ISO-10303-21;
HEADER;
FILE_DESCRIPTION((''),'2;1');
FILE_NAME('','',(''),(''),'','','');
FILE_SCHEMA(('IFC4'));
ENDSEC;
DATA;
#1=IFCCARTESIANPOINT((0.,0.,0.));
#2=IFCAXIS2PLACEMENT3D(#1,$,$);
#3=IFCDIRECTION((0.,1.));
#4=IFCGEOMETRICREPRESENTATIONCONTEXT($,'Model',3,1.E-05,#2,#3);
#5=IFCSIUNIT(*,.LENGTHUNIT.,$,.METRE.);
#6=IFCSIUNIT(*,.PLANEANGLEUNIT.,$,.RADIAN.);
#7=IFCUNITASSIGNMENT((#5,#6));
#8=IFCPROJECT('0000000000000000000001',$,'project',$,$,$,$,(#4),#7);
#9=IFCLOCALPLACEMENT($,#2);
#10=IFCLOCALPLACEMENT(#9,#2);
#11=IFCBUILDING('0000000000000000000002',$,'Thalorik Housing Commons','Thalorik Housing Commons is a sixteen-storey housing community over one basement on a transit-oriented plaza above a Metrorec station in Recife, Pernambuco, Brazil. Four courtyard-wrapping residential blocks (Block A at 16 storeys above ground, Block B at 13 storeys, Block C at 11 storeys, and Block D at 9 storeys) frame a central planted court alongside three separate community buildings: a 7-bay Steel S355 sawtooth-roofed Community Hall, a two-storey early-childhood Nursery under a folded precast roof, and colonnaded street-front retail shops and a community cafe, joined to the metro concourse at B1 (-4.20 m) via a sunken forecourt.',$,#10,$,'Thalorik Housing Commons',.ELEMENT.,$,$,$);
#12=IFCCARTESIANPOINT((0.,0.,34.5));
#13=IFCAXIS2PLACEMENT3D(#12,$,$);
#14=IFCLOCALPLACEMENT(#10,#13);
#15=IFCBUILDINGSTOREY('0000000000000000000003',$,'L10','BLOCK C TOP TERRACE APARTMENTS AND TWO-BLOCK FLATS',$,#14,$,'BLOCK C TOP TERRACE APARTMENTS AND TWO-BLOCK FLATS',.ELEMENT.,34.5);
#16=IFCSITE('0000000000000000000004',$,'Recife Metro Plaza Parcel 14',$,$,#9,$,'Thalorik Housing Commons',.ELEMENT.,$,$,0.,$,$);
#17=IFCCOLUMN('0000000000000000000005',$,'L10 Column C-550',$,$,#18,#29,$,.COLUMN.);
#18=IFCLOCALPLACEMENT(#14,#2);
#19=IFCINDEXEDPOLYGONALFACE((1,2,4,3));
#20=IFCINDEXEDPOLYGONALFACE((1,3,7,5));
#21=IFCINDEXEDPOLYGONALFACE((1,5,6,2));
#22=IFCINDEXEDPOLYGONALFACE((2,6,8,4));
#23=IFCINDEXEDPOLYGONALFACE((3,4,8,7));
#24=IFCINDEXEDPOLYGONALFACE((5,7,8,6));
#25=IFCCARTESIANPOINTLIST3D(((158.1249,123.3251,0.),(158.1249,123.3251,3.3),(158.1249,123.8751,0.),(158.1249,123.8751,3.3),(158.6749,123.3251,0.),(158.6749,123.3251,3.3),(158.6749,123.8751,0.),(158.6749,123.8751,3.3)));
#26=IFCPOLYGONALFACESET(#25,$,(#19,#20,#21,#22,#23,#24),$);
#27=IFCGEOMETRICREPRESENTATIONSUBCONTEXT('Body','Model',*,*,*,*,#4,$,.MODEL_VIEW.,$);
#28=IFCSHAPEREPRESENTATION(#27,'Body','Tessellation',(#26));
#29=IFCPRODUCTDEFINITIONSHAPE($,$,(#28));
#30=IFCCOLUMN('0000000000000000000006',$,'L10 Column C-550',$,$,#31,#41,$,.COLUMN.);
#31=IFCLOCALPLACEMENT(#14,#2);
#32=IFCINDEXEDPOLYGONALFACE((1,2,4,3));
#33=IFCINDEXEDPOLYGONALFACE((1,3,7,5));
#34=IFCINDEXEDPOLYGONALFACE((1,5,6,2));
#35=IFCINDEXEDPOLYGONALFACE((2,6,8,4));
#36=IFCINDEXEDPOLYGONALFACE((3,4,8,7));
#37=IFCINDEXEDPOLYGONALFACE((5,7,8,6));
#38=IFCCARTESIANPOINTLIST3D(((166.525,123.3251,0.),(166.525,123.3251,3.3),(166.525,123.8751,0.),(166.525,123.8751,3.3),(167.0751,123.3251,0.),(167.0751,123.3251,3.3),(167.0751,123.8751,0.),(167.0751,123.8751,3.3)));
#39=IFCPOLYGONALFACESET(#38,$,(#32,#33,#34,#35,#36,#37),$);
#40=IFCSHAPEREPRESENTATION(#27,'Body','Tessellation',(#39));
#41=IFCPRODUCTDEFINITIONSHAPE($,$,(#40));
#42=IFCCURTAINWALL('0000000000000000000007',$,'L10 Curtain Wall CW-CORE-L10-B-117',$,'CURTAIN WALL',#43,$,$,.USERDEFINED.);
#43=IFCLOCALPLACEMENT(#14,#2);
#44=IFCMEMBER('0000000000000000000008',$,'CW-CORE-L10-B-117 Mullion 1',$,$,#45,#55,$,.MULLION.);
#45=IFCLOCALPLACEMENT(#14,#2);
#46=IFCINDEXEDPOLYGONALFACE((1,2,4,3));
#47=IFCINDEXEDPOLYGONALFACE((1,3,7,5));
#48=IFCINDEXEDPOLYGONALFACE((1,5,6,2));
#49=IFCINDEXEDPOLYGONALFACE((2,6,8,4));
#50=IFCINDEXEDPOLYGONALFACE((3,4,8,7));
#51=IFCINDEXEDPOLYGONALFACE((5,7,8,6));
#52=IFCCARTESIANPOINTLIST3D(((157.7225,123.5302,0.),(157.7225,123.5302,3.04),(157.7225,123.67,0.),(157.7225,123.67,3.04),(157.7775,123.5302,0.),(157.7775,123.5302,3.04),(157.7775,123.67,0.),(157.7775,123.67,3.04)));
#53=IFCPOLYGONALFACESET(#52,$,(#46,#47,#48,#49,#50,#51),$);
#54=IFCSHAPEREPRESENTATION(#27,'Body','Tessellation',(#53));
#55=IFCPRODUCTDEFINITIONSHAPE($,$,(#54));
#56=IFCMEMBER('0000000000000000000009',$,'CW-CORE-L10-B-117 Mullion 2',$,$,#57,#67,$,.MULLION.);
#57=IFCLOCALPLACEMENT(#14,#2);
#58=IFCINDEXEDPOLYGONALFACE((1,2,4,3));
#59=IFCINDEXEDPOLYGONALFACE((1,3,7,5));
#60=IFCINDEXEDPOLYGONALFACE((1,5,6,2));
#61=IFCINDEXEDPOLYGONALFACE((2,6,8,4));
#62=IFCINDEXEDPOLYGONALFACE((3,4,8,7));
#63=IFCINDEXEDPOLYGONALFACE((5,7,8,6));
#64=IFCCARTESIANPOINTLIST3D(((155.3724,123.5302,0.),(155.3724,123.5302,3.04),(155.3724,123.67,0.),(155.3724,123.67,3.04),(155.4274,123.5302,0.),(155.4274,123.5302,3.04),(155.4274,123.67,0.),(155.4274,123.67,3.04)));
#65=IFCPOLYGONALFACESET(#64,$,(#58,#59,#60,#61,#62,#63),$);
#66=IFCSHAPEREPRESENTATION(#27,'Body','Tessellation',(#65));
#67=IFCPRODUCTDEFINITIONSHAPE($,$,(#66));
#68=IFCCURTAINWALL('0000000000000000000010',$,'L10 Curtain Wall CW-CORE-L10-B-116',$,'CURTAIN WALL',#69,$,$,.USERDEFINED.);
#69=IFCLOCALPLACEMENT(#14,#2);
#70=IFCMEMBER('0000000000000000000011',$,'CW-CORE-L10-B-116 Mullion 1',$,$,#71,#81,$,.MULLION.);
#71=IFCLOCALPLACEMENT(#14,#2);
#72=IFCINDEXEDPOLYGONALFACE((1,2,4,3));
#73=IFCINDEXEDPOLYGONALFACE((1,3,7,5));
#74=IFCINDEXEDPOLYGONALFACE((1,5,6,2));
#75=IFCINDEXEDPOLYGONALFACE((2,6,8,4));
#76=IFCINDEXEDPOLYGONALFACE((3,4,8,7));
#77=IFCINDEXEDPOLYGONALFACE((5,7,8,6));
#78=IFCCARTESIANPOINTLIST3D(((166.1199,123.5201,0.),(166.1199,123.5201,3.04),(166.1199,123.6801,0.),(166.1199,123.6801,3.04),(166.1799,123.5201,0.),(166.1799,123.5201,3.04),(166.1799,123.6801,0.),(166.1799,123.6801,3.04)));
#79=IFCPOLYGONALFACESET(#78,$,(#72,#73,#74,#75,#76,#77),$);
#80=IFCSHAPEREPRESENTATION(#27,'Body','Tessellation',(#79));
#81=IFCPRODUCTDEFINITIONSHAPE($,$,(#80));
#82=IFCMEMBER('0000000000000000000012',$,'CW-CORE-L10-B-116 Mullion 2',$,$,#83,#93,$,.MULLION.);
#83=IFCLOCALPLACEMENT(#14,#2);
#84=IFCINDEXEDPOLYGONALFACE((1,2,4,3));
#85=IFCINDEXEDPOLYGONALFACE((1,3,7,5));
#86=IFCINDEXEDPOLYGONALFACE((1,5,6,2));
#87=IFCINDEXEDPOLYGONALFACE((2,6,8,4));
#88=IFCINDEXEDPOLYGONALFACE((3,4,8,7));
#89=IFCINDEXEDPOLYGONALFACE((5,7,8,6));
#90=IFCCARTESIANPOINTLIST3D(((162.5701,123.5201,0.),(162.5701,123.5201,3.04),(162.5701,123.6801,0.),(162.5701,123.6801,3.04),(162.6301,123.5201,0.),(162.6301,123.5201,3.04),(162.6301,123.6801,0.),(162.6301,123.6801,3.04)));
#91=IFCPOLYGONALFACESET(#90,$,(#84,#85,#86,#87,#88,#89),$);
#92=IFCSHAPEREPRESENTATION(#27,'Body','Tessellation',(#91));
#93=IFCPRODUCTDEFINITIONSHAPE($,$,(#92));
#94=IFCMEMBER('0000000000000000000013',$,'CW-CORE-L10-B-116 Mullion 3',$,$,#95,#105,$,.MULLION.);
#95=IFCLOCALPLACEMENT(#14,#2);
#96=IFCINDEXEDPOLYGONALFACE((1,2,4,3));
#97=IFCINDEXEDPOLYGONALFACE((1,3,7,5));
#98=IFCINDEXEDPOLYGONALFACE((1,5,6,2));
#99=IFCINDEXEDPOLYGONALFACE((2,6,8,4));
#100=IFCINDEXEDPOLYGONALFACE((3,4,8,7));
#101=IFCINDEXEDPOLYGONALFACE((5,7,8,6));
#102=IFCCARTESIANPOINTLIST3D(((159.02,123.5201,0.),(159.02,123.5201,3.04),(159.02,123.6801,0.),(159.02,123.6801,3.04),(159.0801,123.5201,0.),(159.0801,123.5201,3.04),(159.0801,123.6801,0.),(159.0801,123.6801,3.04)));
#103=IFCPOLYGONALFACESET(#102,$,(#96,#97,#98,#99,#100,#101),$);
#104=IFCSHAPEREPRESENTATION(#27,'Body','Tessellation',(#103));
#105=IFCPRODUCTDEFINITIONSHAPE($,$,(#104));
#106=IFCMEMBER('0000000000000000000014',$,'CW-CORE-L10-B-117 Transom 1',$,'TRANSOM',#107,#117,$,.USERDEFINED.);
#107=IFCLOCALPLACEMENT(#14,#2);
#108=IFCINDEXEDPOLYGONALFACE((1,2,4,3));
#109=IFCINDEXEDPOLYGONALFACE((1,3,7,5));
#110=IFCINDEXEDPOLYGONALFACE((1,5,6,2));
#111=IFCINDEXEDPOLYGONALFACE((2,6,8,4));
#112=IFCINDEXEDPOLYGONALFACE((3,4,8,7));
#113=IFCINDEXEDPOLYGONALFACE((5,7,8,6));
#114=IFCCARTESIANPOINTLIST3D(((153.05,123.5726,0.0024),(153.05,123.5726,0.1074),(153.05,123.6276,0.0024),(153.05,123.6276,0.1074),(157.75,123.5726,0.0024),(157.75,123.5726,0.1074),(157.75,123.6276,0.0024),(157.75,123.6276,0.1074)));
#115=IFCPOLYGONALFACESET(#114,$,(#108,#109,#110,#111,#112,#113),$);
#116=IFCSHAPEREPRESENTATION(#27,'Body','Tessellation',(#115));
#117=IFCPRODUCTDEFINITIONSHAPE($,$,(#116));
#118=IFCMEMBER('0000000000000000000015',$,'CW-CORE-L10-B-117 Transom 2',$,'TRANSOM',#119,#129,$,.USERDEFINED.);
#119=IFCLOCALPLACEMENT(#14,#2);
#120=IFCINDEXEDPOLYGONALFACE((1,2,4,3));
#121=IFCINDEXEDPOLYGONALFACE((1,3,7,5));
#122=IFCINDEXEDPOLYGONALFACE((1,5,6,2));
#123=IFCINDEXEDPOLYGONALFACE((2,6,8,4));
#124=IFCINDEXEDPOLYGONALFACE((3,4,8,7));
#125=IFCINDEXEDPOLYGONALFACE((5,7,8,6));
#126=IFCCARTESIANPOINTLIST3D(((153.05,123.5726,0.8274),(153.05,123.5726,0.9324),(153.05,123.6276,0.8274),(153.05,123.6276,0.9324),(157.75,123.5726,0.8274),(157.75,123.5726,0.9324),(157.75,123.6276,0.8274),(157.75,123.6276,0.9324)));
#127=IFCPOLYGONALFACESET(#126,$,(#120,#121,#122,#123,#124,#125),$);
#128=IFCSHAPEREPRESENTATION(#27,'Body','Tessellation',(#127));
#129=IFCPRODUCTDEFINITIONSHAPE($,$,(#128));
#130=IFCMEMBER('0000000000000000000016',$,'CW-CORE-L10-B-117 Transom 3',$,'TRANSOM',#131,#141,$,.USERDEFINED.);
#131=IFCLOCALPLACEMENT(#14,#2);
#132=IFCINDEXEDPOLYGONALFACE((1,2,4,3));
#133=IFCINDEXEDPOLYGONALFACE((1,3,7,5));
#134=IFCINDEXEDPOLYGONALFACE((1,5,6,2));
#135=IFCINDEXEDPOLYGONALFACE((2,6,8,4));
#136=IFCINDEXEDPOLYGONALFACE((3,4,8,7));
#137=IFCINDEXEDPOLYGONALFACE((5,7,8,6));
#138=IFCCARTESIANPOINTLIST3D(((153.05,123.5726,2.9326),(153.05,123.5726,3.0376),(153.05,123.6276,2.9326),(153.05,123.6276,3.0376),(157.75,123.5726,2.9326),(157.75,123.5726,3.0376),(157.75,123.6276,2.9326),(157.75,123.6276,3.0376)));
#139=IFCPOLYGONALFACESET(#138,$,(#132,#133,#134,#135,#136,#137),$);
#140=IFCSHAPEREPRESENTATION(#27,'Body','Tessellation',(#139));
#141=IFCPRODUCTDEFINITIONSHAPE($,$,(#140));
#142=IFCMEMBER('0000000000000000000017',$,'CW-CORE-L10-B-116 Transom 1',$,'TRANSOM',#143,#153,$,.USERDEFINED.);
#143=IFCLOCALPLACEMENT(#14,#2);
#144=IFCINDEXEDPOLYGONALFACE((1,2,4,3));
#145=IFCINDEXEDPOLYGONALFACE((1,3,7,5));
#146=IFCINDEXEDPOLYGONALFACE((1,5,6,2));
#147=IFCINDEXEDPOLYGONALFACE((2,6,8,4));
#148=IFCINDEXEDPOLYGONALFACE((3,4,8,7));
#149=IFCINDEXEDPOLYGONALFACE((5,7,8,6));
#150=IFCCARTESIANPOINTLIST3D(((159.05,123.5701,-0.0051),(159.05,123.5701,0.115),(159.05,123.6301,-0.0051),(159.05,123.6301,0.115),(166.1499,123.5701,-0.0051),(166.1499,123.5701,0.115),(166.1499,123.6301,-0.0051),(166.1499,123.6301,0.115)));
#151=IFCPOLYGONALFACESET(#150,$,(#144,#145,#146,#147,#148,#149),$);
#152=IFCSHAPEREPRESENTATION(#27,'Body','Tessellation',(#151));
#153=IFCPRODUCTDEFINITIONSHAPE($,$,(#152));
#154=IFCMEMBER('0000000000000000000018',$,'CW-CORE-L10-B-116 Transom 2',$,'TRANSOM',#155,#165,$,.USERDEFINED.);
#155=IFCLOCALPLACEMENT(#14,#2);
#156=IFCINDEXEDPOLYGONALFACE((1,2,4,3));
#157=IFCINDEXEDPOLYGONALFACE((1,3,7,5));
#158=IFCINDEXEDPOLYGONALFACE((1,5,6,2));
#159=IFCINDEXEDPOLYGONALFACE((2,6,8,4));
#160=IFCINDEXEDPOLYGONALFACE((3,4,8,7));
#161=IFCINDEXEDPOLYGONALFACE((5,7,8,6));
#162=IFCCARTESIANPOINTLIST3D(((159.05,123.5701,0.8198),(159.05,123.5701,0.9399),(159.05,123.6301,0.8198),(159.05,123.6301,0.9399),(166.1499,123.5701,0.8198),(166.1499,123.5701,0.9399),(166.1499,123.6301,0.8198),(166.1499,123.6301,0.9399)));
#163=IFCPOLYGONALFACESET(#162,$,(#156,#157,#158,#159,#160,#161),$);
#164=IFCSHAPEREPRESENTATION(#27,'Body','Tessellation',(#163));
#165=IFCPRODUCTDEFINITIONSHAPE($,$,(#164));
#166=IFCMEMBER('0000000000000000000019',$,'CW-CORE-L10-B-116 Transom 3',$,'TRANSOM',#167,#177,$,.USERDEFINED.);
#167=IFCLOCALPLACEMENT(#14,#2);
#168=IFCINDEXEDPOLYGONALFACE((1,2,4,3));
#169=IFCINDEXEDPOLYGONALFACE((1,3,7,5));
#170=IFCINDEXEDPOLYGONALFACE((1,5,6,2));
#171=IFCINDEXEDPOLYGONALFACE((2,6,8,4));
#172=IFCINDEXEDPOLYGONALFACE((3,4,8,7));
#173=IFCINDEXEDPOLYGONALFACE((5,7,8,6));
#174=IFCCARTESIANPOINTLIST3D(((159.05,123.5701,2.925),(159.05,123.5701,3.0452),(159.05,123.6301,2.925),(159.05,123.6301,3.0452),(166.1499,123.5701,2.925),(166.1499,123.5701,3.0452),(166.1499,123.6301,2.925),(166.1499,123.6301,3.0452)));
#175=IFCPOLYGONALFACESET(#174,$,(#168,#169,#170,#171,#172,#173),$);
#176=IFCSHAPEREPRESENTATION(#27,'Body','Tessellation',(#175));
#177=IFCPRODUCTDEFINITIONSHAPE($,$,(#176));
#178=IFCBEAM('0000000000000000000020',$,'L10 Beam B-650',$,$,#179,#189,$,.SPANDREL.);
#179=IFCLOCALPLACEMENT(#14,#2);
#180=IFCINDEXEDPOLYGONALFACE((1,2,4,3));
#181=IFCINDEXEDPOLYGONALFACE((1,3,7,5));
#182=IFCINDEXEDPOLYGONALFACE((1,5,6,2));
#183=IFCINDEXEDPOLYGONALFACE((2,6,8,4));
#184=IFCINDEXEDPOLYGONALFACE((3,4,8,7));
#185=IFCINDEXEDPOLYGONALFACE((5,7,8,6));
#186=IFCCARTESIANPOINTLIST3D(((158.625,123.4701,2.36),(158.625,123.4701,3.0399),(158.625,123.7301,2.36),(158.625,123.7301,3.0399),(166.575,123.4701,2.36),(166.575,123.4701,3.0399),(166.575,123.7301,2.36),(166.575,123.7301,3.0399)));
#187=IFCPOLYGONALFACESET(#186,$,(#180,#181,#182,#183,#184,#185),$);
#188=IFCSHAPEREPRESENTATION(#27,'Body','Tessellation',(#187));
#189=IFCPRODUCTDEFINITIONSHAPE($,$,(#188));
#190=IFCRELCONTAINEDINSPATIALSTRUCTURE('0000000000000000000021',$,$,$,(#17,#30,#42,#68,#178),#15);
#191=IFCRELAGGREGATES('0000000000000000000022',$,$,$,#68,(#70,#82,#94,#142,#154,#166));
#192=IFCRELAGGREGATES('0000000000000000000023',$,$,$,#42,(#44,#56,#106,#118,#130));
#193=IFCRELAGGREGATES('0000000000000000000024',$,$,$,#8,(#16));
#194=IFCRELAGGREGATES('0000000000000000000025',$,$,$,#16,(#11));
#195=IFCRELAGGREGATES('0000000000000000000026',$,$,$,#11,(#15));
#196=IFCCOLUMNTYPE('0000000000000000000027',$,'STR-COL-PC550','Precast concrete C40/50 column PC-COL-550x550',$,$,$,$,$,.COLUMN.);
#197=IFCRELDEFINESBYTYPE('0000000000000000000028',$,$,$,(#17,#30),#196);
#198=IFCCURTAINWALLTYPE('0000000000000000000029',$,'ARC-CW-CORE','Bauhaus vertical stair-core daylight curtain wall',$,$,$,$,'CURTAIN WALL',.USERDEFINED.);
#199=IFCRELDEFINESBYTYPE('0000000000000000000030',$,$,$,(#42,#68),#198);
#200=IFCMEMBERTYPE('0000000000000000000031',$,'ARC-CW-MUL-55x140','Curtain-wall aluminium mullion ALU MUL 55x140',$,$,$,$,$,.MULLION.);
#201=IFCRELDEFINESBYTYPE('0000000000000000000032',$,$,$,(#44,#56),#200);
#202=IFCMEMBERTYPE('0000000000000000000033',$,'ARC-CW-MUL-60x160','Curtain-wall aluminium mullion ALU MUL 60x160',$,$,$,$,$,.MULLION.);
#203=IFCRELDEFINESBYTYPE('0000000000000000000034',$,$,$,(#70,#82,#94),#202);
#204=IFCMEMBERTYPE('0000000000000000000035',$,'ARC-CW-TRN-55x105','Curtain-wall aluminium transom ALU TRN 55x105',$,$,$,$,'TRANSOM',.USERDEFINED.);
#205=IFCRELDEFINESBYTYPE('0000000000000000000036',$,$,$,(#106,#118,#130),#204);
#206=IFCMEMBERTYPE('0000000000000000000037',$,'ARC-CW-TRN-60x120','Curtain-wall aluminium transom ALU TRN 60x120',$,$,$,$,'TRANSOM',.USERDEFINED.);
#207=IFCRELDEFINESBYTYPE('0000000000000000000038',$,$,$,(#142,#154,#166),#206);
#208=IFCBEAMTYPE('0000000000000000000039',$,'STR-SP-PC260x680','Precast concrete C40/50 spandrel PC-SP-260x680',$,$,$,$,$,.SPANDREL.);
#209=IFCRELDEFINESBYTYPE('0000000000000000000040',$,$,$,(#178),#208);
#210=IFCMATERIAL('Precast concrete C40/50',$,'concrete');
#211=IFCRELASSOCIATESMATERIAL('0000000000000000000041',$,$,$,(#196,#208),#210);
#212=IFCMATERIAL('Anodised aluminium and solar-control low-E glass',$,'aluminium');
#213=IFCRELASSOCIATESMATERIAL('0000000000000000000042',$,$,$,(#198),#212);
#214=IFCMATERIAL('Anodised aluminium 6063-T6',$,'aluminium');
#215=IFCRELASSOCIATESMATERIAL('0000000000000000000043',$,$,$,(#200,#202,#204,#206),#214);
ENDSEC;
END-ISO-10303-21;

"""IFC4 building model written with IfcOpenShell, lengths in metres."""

from ifc_helpers import new_model, si_unit, direction, frame, origin, origin_2d, place, context, subcontext, project, spatial, rectangle, extrude, material, material_profile, profile_set, type_object, element, aggregate, save


model = new_model("IFC4")

# Units and contexts
model_context = context("Model", 3, precision=1e-05, world=origin(), true_north=direction((0.0, 1.0)))
body_context = subcontext(model_context, "Body", "Model", "MODEL_VIEW")
ifc_project = project(units=[si_unit("LENGTHUNIT", "METRE"), si_unit("PLANEANGLEUNIT", "RADIAN")], contexts=[model_context])

# Site, building, storey
site_placement = place(None, origin())
site = spatial("IfcSite", under=ifc_project, at=site_placement, Name="Recife Metro Plaza Parcel 14", LongName="Thalorik Housing Commons", CompositionType="ELEMENT", RefElevation=0.0)
building_placement = place(site_placement, origin())
building = spatial("IfcBuilding", under=site, at=building_placement, Name="Thalorik Housing Commons", Description="Thalorik Housing Commons is a sixteen-storey housing community over one basement on a transit-oriented plaza above a Metrorec station in Recife, Pernambuco, Brazil. Four courtyard-wrapping residential blocks (Block A at 16 storeys above ground, Block B at 13 storeys, Block C at 11 storeys, and Block D at 9 storeys) frame a central planted court alongside three separate community buildings: a 7-bay Steel S355 sawtooth-roofed Community Hall, a two-storey early-childhood Nursery under a folded precast roof, and colonnaded street-front retail shops and a community cafe, joined to the metro concourse at B1 (-4.20 m) via a sunken forecourt.", LongName="Thalorik Housing Commons", CompositionType="ELEMENT")
storey_placement = place(building_placement, frame((0.0, 0.0, 34.5)))
storey = spatial("IfcBuildingStorey", under=building, at=storey_placement, Name="L10", Description="BLOCK C TOP TERRACE APARTMENTS AND TWO-BLOCK FLATS", LongName="BLOCK C TOP TERRACE APARTMENTS AND TWO-BLOCK FLATS", CompositionType="ELEMENT", Elevation=34.5)

# Columns
ifc_material_1 = material(Name="Precast concrete C40/50", Category="concrete")
ifc_material_profile_1 = material_profile(ifc_material_1, rectangle(XDim=0.55, YDim=0.55, at=origin_2d()), Name="PC 550x550", Category="concrete")
ifc_profile_set_1 = profile_set([ifc_material_profile_1], Name="Precast concrete C40/50")
column_type = type_object("IfcColumnType", Name="STR-COL-PC550", Description="Precast concrete C40/50 column PC-COL-550x550", PredefinedType="COLUMN", material=ifc_profile_set_1)
for number, where, z_axis, x_axis, name in (
    (1, (158.3999, 123.6001, 0.0), (0.0, 0.0, 1.0), (1.0, 0.0, 0.0), "L10 Column C-550"),
    (2, (166.8, 123.6001, 0.0), (0.0, 0.0, 1.0), (1.0, 0.0, 0.0), "L10 Column C-550"),
):
    element("IfcColumn", number, at=place(storey_placement, frame(where, z_axis=z_axis, x_axis=x_axis)), inside=storey, type_object=column_type, Name=name, PredefinedType="COLUMN", context=body_context, shape_type="SweptSolid", body=[
        extrude(rectangle(XDim=0.55, YDim=0.55, at=origin_2d()), origin(), (0.0, 0.0, 1.0), 3.3),
    ])

# Curtain walls, members
ifc_material_2 = material(Name="Anodised aluminium and solar-control low-E glass", Category="aluminium")
curtain_wall_type = type_object("IfcCurtainWallType", Name="ARC-CW-CORE", Description="Bauhaus vertical stair-core daylight curtain wall", ElementType="CURTAIN WALL", PredefinedType="USERDEFINED", material=ifc_material_2)
curtain_wall_1_placement = place(storey_placement, origin())
curtain_wall_1 = element("IfcCurtainWall", 3, at=curtain_wall_1_placement, inside=storey, type_object=curtain_wall_type, Name="L10 Curtain Wall CW-CORE-L10-B-117", ObjectType="CURTAIN WALL", PredefinedType="USERDEFINED")
ifc_material_3 = material(Name="Anodised aluminium 6063-T6", Category="aluminium")
ifc_material_profile_2 = material_profile(ifc_material_3, rectangle(XDim=0.0549, YDim=0.1399, at=origin_2d()), Name="ALU MUL 55x140", Category="aluminium")
ifc_profile_set_2 = profile_set([ifc_material_profile_2], Name="Anodised aluminium 6063-T6")
member_type_1 = type_object("IfcMemberType", Name="ARC-CW-MUL-55x140", Description="Curtain-wall aluminium mullion ALU MUL 55x140", PredefinedType="MULLION", material=ifc_profile_set_2)
member_1_placement = place(storey_placement, frame((157.75, 123.6001, 0.0), z_axis=(0.0, 0.0, 1.0), x_axis=(-1.0, 0.0, 0.0)))
member_1 = element("IfcMember", 4, at=member_1_placement, type_object=member_type_1, Name="CW-CORE-L10-B-117 Mullion 1", PredefinedType="MULLION", context=body_context, shape_type="SweptSolid", body=[
    extrude(rectangle(XDim=0.0549, YDim=0.1399, at=origin_2d()), origin(), (0.0, 0.0, 1.0), 3.04),
])
member_2_placement = place(storey_placement, frame((155.3999, 123.6001, 0.0), z_axis=(0.0, 0.0, 1.0), x_axis=(-1.0, 0.0, 0.0)))
member_2 = element("IfcMember", 5, at=member_2_placement, type_object=member_type_1, Name="CW-CORE-L10-B-117 Mullion 2", PredefinedType="MULLION", context=body_context, shape_type="SweptSolid", body=[
    extrude(rectangle(XDim=0.0549, YDim=0.1399, at=origin_2d()), origin(), (0.0, 0.0, 1.0), 3.04),
])
curtain_wall_2_placement = place(storey_placement, origin())
curtain_wall_2 = element("IfcCurtainWall", 6, at=curtain_wall_2_placement, inside=storey, type_object=curtain_wall_type, Name="L10 Curtain Wall CW-CORE-L10-B-116", ObjectType="CURTAIN WALL", PredefinedType="USERDEFINED")
ifc_material_profile_3 = material_profile(ifc_material_3, rectangle(XDim=0.0601, YDim=0.1599, at=origin_2d()), Name="ALU MUL 60x160", Category="aluminium")
ifc_profile_set_3 = profile_set([ifc_material_profile_3], Name="Anodised aluminium 6063-T6")
member_type_2 = type_object("IfcMemberType", Name="ARC-CW-MUL-60x160", Description="Curtain-wall aluminium mullion ALU MUL 60x160", PredefinedType="MULLION", material=ifc_profile_set_3)
member_3_placement = place(storey_placement, frame((166.1499, 123.6001, 0.0), z_axis=(0.0, 0.0, 1.0), x_axis=(-1.0, 0.0, 0.0)))
member_3 = element("IfcMember", 7, at=member_3_placement, type_object=member_type_2, Name="CW-CORE-L10-B-116 Mullion 1", PredefinedType="MULLION", context=body_context, shape_type="SweptSolid", body=[
    extrude(rectangle(XDim=0.0601, YDim=0.1599, at=origin_2d()), origin(), (0.0, 0.0, 1.0), 3.04),
])
member_4_placement = place(storey_placement, frame((162.6001, 123.6001, 0.0), z_axis=(0.0, 0.0, 1.0), x_axis=(-1.0, 0.0, 0.0)))
member_4 = element("IfcMember", 8, at=member_4_placement, type_object=member_type_2, Name="CW-CORE-L10-B-116 Mullion 2", PredefinedType="MULLION", context=body_context, shape_type="SweptSolid", body=[
    extrude(rectangle(XDim=0.0601, YDim=0.1599, at=origin_2d()), origin(), (0.0, 0.0, 1.0), 3.04),
])
member_5_placement = place(storey_placement, frame((159.05, 123.6001, 0.0), z_axis=(0.0, 0.0, 1.0), x_axis=(-1.0, 0.0, 0.0)))
member_5 = element("IfcMember", 9, at=member_5_placement, type_object=member_type_2, Name="CW-CORE-L10-B-116 Mullion 3", PredefinedType="MULLION", context=body_context, shape_type="SweptSolid", body=[
    extrude(rectangle(XDim=0.0601, YDim=0.1599, at=origin_2d()), origin(), (0.0, 0.0, 1.0), 3.04),
])

# Members
ifc_material_profile_4 = material_profile(ifc_material_3, rectangle(XDim=0.0549, YDim=0.105, at=origin_2d()), Name="ALU TRN 55x105", Category="aluminium")
ifc_profile_set_4 = profile_set([ifc_material_profile_4], Name="Anodised aluminium 6063-T6")
member_type_3 = type_object("IfcMemberType", Name="ARC-CW-TRN-55x105", Description="Curtain-wall aluminium transom ALU TRN 55x105", ElementType="TRANSOM", PredefinedType="USERDEFINED", material=ifc_profile_set_4)
member_6_placement = place(storey_placement, frame((157.75, 123.6001, 0.0549), z_axis=(-1.0, 0.0, 0.0), x_axis=(0.0, -1.0, 0.0)))
member_6 = element("IfcMember", 10, at=member_6_placement, type_object=member_type_3, Name="CW-CORE-L10-B-117 Transom 1", ObjectType="TRANSOM", PredefinedType="USERDEFINED", context=body_context, shape_type="SweptSolid", body=[
    extrude(rectangle(XDim=0.0549, YDim=0.105, at=origin_2d()), origin(), (0.0, 0.0, 1.0), 4.7),
])
member_7_placement = place(storey_placement, frame((157.75, 123.6001, 0.8799), z_axis=(-1.0, 0.0, 0.0), x_axis=(0.0, -1.0, 0.0)))
member_7 = element("IfcMember", 11, at=member_7_placement, type_object=member_type_3, Name="CW-CORE-L10-B-117 Transom 2", ObjectType="TRANSOM", PredefinedType="USERDEFINED", context=body_context, shape_type="SweptSolid", body=[
    extrude(rectangle(XDim=0.0549, YDim=0.105, at=origin_2d()), origin(), (0.0, 0.0, 1.0), 4.7),
])
member_8_placement = place(storey_placement, frame((157.75, 123.6001, 2.9851), z_axis=(-1.0, 0.0, 0.0), x_axis=(0.0, -1.0, 0.0)))
member_8 = element("IfcMember", 12, at=member_8_placement, type_object=member_type_3, Name="CW-CORE-L10-B-117 Transom 3", ObjectType="TRANSOM", PredefinedType="USERDEFINED", context=body_context, shape_type="SweptSolid", body=[
    extrude(rectangle(XDim=0.0549, YDim=0.105, at=origin_2d()), origin(), (0.0, 0.0, 1.0), 4.7),
])
ifc_material_profile_5 = material_profile(ifc_material_3, rectangle(XDim=0.0601, YDim=0.1201, at=origin_2d()), Name="ALU TRN 60x120", Category="aluminium")
ifc_profile_set_5 = profile_set([ifc_material_profile_5], Name="Anodised aluminium 6063-T6")
member_type_4 = type_object("IfcMemberType", Name="ARC-CW-TRN-60x120", Description="Curtain-wall aluminium transom ALU TRN 60x120", ElementType="TRANSOM", PredefinedType="USERDEFINED", material=ifc_profile_set_5)
member_9_placement = place(storey_placement, frame((166.1499, 123.6001, 0.0549), z_axis=(-1.0, 0.0, 0.0), x_axis=(0.0, -1.0, 0.0)))
member_9 = element("IfcMember", 13, at=member_9_placement, type_object=member_type_4, Name="CW-CORE-L10-B-116 Transom 1", ObjectType="TRANSOM", PredefinedType="USERDEFINED", context=body_context, shape_type="SweptSolid", body=[
    extrude(rectangle(XDim=0.0601, YDim=0.1201, at=origin_2d()), origin(), (0.0, 0.0, 1.0), 7.0999),
])
member_10_placement = place(storey_placement, frame((166.1499, 123.6001, 0.8799), z_axis=(-1.0, 0.0, 0.0), x_axis=(0.0, -1.0, 0.0)))
member_10 = element("IfcMember", 14, at=member_10_placement, type_object=member_type_4, Name="CW-CORE-L10-B-116 Transom 2", ObjectType="TRANSOM", PredefinedType="USERDEFINED", context=body_context, shape_type="SweptSolid", body=[
    extrude(rectangle(XDim=0.0601, YDim=0.1201, at=origin_2d()), origin(), (0.0, 0.0, 1.0), 7.0999),
])
member_11_placement = place(storey_placement, frame((166.1499, 123.6001, 2.9851), z_axis=(-1.0, 0.0, 0.0), x_axis=(0.0, -1.0, 0.0)))
member_11 = element("IfcMember", 15, at=member_11_placement, type_object=member_type_4, Name="CW-CORE-L10-B-116 Transom 3", ObjectType="TRANSOM", PredefinedType="USERDEFINED", context=body_context, shape_type="SweptSolid", body=[
    extrude(rectangle(XDim=0.0601, YDim=0.1201, at=origin_2d()), origin(), (0.0, 0.0, 1.0), 7.0999),
])

# Beam
ifc_material_profile_6 = material_profile(ifc_material_1, rectangle(XDim=0.26, YDim=0.6799, at=origin_2d()), Name="PC SP 260x680", Category="concrete")
ifc_profile_set_6 = profile_set([ifc_material_profile_6], Name="Precast concrete C40/50")
beam_type = type_object("IfcBeamType", Name="STR-SP-PC260x680", Description="Precast concrete C40/50 spandrel PC-SP-260x680", PredefinedType="SPANDREL", material=ifc_profile_set_6)
beam_placement = place(storey_placement, frame((158.625, 123.6001, 2.7), z_axis=(1.0, 0.0, 0.0), x_axis=(0.0, 1.0, 0.0)))
element("IfcBeam", 16, at=beam_placement, inside=storey, type_object=beam_type, Name="L10 Beam B-650", PredefinedType="SPANDREL", context=body_context, shape_type="SweptSolid", body=[
    extrude(rectangle(XDim=0.26, YDim=0.6799, at=origin_2d()), origin(), (0.0, 0.0, 1.0), 7.95),
])

aggregate(curtain_wall_2, [member_3, member_4, member_5, member_9, member_10, member_11])
aggregate(curtain_wall_1, [member_1, member_2, member_6, member_7, member_8])

save(model, "model.ifc")
